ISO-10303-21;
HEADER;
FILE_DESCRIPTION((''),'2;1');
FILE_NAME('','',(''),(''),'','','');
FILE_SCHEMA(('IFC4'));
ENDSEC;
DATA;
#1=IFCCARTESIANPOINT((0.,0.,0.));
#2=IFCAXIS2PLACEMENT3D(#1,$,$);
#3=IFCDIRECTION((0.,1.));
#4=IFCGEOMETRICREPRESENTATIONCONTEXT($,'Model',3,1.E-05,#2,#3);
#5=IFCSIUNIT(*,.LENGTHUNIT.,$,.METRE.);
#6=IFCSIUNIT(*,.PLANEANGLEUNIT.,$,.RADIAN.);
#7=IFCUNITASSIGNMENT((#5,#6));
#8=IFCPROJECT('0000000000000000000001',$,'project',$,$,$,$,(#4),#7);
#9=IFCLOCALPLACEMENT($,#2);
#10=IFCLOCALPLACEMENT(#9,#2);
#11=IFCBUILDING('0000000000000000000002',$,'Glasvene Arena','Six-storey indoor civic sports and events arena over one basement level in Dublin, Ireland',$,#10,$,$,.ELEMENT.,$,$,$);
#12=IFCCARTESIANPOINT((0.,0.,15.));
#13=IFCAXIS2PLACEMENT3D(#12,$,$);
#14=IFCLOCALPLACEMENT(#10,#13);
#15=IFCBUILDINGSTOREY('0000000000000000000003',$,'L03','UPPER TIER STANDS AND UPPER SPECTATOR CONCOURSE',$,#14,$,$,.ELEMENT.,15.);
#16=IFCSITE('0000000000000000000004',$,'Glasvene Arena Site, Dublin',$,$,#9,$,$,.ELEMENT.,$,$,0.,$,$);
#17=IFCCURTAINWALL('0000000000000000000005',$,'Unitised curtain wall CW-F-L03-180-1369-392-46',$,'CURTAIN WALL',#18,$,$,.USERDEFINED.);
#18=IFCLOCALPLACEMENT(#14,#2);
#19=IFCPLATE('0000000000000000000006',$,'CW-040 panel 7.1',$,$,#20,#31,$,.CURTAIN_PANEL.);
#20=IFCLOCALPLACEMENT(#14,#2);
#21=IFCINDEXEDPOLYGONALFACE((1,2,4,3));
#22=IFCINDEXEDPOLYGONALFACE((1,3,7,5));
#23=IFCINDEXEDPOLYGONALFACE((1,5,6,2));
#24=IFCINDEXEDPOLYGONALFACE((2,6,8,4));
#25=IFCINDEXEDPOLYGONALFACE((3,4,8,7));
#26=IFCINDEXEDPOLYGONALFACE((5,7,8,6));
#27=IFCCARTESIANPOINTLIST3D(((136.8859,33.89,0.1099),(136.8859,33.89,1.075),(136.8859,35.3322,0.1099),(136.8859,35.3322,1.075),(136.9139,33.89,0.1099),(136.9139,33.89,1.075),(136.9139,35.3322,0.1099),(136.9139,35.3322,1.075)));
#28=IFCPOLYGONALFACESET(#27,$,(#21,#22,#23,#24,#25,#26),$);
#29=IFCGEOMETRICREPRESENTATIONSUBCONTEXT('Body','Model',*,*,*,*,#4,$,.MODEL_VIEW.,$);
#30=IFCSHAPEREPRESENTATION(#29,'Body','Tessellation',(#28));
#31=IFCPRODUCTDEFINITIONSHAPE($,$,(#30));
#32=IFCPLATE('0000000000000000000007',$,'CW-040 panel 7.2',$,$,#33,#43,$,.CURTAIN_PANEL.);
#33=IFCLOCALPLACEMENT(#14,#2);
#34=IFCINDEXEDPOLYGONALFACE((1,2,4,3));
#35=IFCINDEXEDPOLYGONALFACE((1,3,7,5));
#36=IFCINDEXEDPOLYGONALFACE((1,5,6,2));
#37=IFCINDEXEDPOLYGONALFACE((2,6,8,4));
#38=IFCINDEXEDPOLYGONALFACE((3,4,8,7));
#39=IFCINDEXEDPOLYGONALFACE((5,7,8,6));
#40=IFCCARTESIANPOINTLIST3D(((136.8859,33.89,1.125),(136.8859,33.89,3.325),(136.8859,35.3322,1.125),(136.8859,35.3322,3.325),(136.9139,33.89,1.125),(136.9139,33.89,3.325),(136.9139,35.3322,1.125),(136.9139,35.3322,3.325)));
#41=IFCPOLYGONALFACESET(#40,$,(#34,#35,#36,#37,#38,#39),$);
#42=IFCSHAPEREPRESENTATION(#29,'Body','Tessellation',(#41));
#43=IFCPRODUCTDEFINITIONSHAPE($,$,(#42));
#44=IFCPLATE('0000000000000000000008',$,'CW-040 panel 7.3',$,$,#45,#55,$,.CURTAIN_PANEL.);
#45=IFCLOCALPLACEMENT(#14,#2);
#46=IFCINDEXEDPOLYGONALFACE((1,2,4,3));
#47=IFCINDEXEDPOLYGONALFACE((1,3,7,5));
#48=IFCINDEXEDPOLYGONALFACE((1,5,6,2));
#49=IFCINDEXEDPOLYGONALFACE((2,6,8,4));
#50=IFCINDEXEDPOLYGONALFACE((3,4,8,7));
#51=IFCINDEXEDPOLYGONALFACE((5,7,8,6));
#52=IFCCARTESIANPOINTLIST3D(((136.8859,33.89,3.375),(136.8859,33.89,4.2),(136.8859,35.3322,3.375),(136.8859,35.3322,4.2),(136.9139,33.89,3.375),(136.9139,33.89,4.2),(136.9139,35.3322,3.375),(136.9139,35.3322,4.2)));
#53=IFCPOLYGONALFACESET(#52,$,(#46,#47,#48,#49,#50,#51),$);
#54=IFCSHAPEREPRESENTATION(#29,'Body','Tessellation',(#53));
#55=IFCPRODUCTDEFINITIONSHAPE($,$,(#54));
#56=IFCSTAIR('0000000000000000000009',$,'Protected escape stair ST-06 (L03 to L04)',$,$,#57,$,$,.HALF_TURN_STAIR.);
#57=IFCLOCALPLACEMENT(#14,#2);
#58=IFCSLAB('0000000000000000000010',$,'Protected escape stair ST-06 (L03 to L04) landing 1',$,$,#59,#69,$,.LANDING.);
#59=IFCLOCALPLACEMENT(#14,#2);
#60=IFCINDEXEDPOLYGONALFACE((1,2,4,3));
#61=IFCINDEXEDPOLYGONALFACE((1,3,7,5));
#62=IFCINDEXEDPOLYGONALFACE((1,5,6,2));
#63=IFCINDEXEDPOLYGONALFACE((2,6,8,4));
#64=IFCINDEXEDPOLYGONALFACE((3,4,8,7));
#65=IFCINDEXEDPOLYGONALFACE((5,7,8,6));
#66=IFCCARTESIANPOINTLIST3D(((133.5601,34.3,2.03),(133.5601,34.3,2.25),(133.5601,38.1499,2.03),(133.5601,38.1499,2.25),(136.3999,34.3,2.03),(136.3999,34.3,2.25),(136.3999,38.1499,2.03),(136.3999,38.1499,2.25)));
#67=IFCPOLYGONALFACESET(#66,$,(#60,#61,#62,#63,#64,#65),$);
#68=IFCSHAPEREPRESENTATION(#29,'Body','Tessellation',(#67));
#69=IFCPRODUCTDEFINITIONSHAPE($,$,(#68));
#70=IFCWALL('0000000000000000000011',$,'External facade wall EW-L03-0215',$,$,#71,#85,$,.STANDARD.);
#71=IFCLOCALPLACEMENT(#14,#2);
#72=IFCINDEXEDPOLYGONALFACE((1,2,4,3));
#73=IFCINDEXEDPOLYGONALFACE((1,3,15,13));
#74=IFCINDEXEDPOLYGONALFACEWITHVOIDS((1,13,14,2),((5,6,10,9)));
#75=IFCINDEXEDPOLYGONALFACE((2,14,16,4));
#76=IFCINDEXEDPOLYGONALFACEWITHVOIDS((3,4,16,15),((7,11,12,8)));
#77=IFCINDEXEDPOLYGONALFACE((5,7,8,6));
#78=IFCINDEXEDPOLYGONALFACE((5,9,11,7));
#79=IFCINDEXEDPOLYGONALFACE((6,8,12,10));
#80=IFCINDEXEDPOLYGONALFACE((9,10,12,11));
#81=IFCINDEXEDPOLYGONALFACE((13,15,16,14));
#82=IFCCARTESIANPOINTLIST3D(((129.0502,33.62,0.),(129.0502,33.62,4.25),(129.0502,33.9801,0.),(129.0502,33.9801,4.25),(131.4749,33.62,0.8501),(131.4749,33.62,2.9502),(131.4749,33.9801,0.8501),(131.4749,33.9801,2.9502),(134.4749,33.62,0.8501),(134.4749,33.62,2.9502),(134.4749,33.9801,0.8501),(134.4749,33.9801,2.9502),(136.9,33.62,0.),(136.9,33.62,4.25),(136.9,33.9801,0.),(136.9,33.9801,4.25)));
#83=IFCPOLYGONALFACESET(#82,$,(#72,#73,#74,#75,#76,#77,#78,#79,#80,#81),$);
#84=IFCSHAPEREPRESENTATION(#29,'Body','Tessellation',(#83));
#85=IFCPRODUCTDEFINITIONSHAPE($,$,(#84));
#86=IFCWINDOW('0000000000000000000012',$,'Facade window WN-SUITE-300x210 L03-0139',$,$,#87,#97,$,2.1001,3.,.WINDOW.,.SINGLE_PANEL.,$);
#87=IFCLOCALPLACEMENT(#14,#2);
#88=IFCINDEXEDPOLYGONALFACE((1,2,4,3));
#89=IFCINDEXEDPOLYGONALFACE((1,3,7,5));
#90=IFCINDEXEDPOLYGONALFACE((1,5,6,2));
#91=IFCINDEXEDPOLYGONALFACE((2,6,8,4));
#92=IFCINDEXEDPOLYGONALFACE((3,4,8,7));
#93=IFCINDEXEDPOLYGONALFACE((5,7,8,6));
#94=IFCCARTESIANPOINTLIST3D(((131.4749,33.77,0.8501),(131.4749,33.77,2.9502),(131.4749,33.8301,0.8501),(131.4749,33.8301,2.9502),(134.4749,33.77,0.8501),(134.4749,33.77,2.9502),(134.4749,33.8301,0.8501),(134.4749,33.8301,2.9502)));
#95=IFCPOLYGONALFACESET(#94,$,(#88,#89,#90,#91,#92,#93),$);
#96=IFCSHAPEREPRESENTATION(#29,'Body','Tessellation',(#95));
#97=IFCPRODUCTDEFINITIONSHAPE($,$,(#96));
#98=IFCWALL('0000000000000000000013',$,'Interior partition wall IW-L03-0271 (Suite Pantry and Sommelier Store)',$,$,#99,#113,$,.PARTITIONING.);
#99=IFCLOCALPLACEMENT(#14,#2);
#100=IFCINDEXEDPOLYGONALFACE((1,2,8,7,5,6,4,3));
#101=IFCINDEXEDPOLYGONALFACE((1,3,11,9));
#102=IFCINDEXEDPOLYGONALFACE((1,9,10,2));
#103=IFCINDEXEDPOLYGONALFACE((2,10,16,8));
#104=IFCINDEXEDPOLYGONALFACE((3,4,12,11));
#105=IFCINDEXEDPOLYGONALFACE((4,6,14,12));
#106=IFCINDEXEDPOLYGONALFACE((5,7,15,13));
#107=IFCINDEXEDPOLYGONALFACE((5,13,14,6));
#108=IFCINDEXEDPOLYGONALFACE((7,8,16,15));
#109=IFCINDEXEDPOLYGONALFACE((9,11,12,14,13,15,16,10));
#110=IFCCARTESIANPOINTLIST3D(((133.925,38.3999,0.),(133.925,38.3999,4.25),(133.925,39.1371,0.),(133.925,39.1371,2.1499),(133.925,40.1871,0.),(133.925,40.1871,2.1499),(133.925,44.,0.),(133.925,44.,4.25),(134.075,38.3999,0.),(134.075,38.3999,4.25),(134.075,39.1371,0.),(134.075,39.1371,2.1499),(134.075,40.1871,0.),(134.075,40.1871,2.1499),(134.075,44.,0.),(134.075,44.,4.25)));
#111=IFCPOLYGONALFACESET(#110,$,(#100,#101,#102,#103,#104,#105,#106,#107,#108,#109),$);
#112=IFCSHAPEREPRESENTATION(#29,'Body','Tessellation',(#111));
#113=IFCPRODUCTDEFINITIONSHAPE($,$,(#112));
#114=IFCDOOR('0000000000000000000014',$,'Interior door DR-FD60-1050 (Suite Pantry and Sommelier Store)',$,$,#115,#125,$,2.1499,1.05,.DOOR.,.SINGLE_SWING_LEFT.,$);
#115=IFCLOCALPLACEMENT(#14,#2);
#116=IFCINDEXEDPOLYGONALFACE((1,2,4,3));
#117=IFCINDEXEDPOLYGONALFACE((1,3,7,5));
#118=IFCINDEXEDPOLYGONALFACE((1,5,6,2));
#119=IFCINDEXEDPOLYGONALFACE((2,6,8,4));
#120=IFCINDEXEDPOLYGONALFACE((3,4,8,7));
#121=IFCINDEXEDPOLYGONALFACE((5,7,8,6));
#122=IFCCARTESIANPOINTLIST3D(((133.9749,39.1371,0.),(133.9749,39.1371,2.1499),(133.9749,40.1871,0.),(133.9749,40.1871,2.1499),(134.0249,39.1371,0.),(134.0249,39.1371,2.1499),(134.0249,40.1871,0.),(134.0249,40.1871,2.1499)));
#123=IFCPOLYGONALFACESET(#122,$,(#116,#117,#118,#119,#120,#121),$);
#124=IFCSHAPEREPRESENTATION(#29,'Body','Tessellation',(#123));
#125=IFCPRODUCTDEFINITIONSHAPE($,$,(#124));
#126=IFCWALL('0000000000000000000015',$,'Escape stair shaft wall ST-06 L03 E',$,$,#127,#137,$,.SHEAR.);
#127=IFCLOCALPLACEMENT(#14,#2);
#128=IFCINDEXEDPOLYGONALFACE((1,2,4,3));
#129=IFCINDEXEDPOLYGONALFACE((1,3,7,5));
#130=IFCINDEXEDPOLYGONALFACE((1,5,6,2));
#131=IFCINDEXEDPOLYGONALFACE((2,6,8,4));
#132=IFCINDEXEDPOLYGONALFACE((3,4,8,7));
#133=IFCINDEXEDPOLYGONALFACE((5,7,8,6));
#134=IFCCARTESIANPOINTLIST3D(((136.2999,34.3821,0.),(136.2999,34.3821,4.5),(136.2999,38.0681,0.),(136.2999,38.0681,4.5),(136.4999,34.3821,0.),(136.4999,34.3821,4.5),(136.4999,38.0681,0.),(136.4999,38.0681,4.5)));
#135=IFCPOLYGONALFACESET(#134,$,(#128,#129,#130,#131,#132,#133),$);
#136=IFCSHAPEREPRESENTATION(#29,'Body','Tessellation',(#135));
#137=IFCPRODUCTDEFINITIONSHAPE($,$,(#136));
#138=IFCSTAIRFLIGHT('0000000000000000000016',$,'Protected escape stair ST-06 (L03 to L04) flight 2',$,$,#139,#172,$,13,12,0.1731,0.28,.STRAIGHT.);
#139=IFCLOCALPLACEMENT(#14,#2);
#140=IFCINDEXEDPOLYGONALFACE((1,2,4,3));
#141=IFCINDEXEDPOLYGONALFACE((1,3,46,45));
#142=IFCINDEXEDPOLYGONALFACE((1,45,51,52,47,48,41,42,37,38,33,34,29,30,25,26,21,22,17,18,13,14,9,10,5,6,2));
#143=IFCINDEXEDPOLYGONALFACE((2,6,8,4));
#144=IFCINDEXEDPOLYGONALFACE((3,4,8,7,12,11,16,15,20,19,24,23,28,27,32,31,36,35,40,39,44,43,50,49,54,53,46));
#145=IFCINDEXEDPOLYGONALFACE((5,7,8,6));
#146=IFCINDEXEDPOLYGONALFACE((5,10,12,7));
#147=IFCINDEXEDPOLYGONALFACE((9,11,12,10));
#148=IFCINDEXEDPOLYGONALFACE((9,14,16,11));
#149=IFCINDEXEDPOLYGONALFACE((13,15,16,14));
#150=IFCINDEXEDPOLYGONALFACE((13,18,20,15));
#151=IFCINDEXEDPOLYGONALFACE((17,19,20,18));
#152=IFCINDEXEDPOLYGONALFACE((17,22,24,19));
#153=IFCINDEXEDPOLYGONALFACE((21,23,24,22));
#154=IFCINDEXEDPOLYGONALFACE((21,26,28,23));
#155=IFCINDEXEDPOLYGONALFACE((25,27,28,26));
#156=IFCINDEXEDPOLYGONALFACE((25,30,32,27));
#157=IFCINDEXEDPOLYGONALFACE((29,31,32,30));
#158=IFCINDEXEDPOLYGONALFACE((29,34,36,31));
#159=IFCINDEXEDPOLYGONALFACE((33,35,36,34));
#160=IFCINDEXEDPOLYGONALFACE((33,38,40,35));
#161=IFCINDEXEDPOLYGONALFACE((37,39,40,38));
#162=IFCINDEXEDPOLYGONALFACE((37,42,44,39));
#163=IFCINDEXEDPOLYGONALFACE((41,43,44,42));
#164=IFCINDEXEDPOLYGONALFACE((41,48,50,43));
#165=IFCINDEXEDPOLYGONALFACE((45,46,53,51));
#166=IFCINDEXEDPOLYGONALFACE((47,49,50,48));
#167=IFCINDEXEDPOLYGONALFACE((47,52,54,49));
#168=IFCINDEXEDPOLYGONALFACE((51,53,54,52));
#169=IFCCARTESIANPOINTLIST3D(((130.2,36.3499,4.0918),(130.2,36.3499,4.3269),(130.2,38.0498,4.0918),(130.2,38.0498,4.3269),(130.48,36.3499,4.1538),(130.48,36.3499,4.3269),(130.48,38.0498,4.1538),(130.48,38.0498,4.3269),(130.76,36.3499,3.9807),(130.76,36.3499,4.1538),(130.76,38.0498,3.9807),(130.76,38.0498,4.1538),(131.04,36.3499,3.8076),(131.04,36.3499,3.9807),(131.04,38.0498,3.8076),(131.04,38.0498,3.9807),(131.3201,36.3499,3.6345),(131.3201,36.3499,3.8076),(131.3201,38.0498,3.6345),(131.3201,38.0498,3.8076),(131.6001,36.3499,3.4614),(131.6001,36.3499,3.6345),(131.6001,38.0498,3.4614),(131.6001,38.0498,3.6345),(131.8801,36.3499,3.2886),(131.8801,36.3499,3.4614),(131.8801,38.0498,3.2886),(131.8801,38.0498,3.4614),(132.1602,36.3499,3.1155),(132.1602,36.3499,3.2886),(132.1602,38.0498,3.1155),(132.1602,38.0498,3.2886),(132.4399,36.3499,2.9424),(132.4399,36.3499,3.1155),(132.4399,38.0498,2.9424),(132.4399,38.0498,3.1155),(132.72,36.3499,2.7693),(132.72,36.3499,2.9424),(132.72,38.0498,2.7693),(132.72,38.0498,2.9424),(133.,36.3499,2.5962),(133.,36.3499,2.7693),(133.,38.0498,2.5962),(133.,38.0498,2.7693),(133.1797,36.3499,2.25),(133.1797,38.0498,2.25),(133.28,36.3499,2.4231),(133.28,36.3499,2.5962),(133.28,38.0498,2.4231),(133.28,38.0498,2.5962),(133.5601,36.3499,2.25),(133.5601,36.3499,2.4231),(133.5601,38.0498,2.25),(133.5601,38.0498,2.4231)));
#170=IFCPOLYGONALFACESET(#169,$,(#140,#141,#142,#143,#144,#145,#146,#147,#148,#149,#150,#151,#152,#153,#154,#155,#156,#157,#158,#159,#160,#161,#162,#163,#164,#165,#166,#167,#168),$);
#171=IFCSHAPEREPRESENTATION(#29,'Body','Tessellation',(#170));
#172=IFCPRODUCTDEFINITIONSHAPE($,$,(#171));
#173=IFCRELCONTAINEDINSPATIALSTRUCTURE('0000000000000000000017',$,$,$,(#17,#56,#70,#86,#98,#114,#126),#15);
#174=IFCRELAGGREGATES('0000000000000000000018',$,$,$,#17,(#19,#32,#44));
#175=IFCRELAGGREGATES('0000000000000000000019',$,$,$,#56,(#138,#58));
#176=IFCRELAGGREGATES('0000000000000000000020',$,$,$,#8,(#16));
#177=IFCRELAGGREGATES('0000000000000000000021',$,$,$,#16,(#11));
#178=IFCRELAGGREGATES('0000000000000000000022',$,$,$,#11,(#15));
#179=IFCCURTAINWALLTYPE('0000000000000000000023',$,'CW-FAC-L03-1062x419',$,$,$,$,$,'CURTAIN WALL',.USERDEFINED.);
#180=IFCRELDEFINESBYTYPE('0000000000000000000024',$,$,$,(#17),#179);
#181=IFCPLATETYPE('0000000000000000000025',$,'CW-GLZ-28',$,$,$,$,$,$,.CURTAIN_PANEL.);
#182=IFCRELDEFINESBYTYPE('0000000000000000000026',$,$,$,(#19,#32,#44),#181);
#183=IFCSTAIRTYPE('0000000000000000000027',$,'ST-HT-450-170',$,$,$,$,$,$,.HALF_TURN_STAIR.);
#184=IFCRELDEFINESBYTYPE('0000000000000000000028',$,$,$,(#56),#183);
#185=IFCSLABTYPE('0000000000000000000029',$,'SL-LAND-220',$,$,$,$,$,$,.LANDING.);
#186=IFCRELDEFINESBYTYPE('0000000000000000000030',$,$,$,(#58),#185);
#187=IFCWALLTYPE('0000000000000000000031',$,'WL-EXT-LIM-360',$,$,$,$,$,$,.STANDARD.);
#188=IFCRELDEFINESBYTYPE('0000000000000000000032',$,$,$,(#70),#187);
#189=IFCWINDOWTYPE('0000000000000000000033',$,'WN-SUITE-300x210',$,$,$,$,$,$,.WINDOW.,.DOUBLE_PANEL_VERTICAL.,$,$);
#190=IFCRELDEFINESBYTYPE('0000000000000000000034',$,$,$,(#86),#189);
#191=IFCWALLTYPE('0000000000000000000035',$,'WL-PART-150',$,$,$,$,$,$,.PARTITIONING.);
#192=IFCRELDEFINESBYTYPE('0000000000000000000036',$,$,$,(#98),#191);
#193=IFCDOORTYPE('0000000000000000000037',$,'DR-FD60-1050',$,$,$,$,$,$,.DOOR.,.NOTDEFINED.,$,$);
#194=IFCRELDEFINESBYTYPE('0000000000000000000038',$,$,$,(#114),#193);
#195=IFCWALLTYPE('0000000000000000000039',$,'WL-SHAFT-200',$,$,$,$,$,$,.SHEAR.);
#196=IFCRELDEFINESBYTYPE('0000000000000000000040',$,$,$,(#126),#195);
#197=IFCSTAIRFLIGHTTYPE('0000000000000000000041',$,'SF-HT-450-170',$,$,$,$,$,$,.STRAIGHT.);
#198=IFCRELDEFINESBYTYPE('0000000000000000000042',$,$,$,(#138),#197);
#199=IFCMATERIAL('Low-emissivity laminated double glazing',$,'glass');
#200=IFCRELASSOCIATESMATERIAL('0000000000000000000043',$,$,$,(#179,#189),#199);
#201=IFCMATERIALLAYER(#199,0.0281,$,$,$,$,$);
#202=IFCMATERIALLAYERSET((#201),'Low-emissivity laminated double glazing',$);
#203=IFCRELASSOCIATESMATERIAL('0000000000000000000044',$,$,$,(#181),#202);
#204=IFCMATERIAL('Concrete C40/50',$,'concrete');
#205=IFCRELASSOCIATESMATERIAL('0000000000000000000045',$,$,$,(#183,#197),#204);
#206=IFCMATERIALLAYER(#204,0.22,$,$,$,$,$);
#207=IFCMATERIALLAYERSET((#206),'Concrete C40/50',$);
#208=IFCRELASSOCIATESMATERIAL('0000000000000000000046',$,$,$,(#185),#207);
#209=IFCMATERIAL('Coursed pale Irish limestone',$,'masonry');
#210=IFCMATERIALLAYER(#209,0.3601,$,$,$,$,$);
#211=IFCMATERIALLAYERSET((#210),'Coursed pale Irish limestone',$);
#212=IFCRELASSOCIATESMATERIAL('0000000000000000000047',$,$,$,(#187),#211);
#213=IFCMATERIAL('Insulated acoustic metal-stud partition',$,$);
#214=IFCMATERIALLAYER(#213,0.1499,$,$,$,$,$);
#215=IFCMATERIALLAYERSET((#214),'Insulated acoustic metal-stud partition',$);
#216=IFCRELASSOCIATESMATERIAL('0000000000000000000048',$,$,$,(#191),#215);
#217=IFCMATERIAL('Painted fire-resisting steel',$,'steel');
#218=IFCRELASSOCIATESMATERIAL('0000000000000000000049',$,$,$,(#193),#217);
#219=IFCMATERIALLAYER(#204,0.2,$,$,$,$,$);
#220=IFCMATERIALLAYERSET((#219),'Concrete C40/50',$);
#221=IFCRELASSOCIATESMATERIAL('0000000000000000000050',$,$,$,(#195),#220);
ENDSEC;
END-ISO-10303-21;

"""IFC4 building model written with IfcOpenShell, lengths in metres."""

from ifc_helpers import new_model, si_unit, direction, frame, frame_2d, origin, origin_2d, place, context, subcontext, project, spatial, polyline, rectangle, outline, extrude, material, layer, layer_set, type_object, element, fill, aggregate, save


model = new_model("IFC4")

# Units and contexts
model_context = context("Model", 3, precision=1e-05, world=origin(), true_north=direction((0.0, 1.0)))
body_context = subcontext(model_context, "Body", "Model", "MODEL_VIEW")
ifc_project = project(units=[si_unit("LENGTHUNIT", "METRE"), si_unit("PLANEANGLEUNIT", "RADIAN")], contexts=[model_context])

# Site, building, storey
site_placement = place(None, origin())
site = spatial("IfcSite", under=ifc_project, at=site_placement, Name="Glasvene Arena Site, Dublin", CompositionType="ELEMENT", RefElevation=0.0)
building_placement = place(site_placement, origin())
building = spatial("IfcBuilding", under=site, at=building_placement, Name="Glasvene Arena", Description="Six-storey indoor civic sports and events arena over one basement level in Dublin, Ireland", CompositionType="ELEMENT")
storey_placement = place(building_placement, frame((0.0, 0.0, 15.0)))
storey = spatial("IfcBuildingStorey", under=building, at=storey_placement, Name="L03", Description="UPPER TIER STANDS AND UPPER SPECTATOR CONCOURSE", CompositionType="ELEMENT", Elevation=15.0)

# Curtain wall, plates
ifc_material_1 = material(Name="Low-emissivity laminated double glazing", Category="glass")
curtain_wall_type = type_object("IfcCurtainWallType", Name="CW-FAC-L03-1062x419", ElementType="CURTAIN WALL", PredefinedType="USERDEFINED", material=ifc_material_1)
curtain_wall_placement = place(storey_placement, frame((136.8999, 44.46, 0.0)))
curtain_wall = element("IfcCurtainWall", 1, at=curtain_wall_placement, inside=storey, type_object=curtain_wall_type, Name="Unitised curtain wall CW-F-L03-180-1369-392-46", ObjectType="CURTAIN WALL", PredefinedType="USERDEFINED")
ifc_layer_1 = layer(ifc_material_1, 0.0281)
ifc_layer_set_1 = layer_set([ifc_layer_1], Name="Low-emissivity laminated double glazing")
plate_type = type_object("IfcPlateType", Name="CW-GLZ-28", PredefinedType="CURTAIN_PANEL", material=ifc_layer_set_1)
plate_1_placement = place(storey_placement, frame((136.8999, 34.6111, 0.1099), z_axis=(0.0, 0.0, 1.0), x_axis=(0.0, -1.0, 0.0)))
plate_1 = element("IfcPlate", 2, at=plate_1_placement, type_object=plate_type, Name="CW-040 panel 7.1", PredefinedType="CURTAIN_PANEL", context=body_context, shape_type="SweptSolid", body=[
    extrude(rectangle(XDim=1.4421, YDim=0.0281, at=origin_2d()), origin(), (0.0, 0.0, 1.0), 0.9651),
])
plate_2_placement = place(storey_placement, frame((136.8999, 34.6111, 1.125), z_axis=(0.0, 0.0, 1.0), x_axis=(0.0, -1.0, 0.0)))
plate_2 = element("IfcPlate", 3, at=plate_2_placement, type_object=plate_type, Name="CW-040 panel 7.2", PredefinedType="CURTAIN_PANEL", context=body_context, shape_type="SweptSolid", body=[
    extrude(rectangle(XDim=1.4421, YDim=0.0281, at=origin_2d()), origin(), (0.0, 0.0, 1.0), 2.2),
])
plate_3_placement = place(storey_placement, frame((136.8999, 34.6111, 3.375), z_axis=(0.0, 0.0, 1.0), x_axis=(0.0, -1.0, 0.0)))
plate_3 = element("IfcPlate", 4, at=plate_3_placement, type_object=plate_type, Name="CW-040 panel 7.3", PredefinedType="CURTAIN_PANEL", context=body_context, shape_type="SweptSolid", body=[
    extrude(rectangle(XDim=1.4421, YDim=0.0281, at=origin_2d()), origin(), (0.0, 0.0, 1.0), 0.825),
])
aggregate(curtain_wall, [plate_1, plate_2, plate_3])

# Stair, slab
ifc_material_2 = material(Name="Concrete C40/50", Category="concrete")
stair_type = type_object("IfcStairType", Name="ST-HT-450-170", PredefinedType="HALF_TURN_STAIR", material=ifc_material_2)
stair_placement = place(storey_placement, origin())
stair = element("IfcStair", 5, at=stair_placement, inside=storey, type_object=stair_type, Name="Protected escape stair ST-06 (L03 to L04)", PredefinedType="HALF_TURN_STAIR")
ifc_layer_2 = layer(ifc_material_2, 0.22)
ifc_layer_set_2 = layer_set([ifc_layer_2], Name="Concrete C40/50")
slab_type = type_object("IfcSlabType", Name="SL-LAND-220", PredefinedType="LANDING", material=ifc_layer_set_2)
slab_placement = place(storey_placement, frame((134.98, 36.2251, 2.03)))
slab = element("IfcSlab", 6, at=slab_placement, type_object=slab_type, Name="Protected escape stair ST-06 (L03 to L04) landing 1", PredefinedType="LANDING", context=body_context, shape_type="SweptSolid", body=[
    extrude(outline(polyline([(-1.4199, -1.925), (1.4199, -1.925), (1.4199, 1.9248), (-1.4199, 1.9248), (-1.4199, -1.925)])), origin(), (0.0, 0.0, 1.0), 0.22),
])

# Wall, opening, window
ifc_material_3 = material(Name="Coursed pale Irish limestone", Category="masonry")
ifc_layer_3 = layer(ifc_material_3, 0.3601)
ifc_layer_set_3 = layer_set([ifc_layer_3], Name="Coursed pale Irish limestone")
wall_type_1 = type_object("IfcWallType", Name="WL-EXT-LIM-360", PredefinedType="STANDARD", material=ifc_layer_set_3)
wall_1_placement = place(storey_placement, frame((136.8999, 33.8, 0.0), z_axis=(0.0, 0.0, 1.0), x_axis=(-1.0, 0.0, 0.0)))
wall_1 = element("IfcWall", 7, at=wall_1_placement, inside=storey, type_object=wall_type_1, Name="External facade wall EW-L03-0215", PredefinedType="STANDARD", context=body_context, shape_type="SweptSolid", body=[
    extrude(rectangle(XDim=7.8499, YDim=0.3601, at=frame_2d((3.9248, 0.0))), origin(), (0.0, 0.0, 1.0), 4.25),
])
opening_1_placement = place(wall_1_placement, frame((2.425, 0.0, 0.8501)))
opening_1 = element("IfcOpeningElement", 8, at=opening_1_placement, cuts=wall_1, PredefinedType="OPENING", context=body_context, shape_type="SweptSolid", body=[
    extrude(rectangle(XDim=3.0, YDim=2.1001, at=frame_2d((1.5, 1.05))), frame((0.0, 0.1899, 0.0), z_axis=(0.0, -1.0, 0.0), x_axis=(1.0, 0.0, 0.0)), (0.0, 0.0, 1.0), 0.3801),
])
window_type = type_object("IfcWindowType", Name="WN-SUITE-300x210", PartitioningType="DOUBLE_PANEL_VERTICAL", PredefinedType="WINDOW", material=ifc_material_1)
window_placement = place(opening_1_placement, origin())
window = element("IfcWindow", 9, at=window_placement, inside=storey, type_object=window_type, Name="Facade window WN-SUITE-300x210 L03-0139", OverallHeight=2.1001, OverallWidth=3.0, PartitioningType="SINGLE_PANEL", PredefinedType="WINDOW", context=body_context, shape_type="SweptSolid", body=[
    extrude(rectangle(XDim=3.0, YDim=2.1001, at=frame_2d((1.5, 1.05))), frame((0.0, 0.03, 0.0), z_axis=(0.0, -1.0, 0.0), x_axis=(1.0, 0.0, 0.0)), (0.0, 0.0, 1.0), 0.0601),
])
fill(opening_1, window)

# Wall, opening, door
ifc_material_4 = material(Name="Insulated acoustic metal-stud partition")
ifc_layer_4 = layer(ifc_material_4, 0.1499)
ifc_layer_set_4 = layer_set([ifc_layer_4], Name="Insulated acoustic metal-stud partition")
wall_type_2 = type_object("IfcWallType", Name="WL-PART-150", PredefinedType="PARTITIONING", material=ifc_layer_set_4)
wall_2_placement = place(storey_placement, frame((134.0, 44.0, 0.0), z_axis=(0.0, 0.0, 1.0), x_axis=(0.0, -1.0, 0.0)))
wall_2 = element("IfcWall", 10, at=wall_2_placement, inside=storey, type_object=wall_type_2, Name="Interior partition wall IW-L03-0271 (Suite Pantry and Sommelier Store)", PredefinedType="PARTITIONING", context=body_context, shape_type="SweptSolid", body=[
    extrude(rectangle(XDim=5.6001, YDim=0.1499, at=frame_2d((2.8, 0.0))), origin(), (0.0, 0.0, 1.0), 4.25),
])
opening_2_placement = place(wall_2_placement, frame((3.813, 0.0, 0.0)))
opening_2 = element("IfcOpeningElement", 11, at=opening_2_placement, cuts=wall_2, PredefinedType="OPENING", context=body_context, shape_type="SweptSolid", body=[
    extrude(rectangle(XDim=1.05, YDim=2.1499, at=frame_2d((0.5249, 1.075))), frame((0.0, 0.085, 0.0), z_axis=(0.0, -1.0, 0.0), x_axis=(1.0, 0.0, 0.0)), (0.0, 0.0, 1.0), 0.1699),
])
ifc_material_5 = material(Name="Painted fire-resisting steel", Category="steel")
door_type = type_object("IfcDoorType", Name="DR-FD60-1050", OperationType="NOTDEFINED", PredefinedType="DOOR", material=ifc_material_5)
door_placement = place(opening_2_placement, origin())
door = element("IfcDoor", 12, at=door_placement, inside=storey, type_object=door_type, Name="Interior door DR-FD60-1050 (Suite Pantry and Sommelier Store)", OperationType="SINGLE_SWING_LEFT", OverallHeight=2.1499, OverallWidth=1.05, PredefinedType="DOOR", context=body_context, shape_type="SweptSolid", body=[
    extrude(rectangle(XDim=1.05, YDim=2.1499, at=frame_2d((0.5249, 1.075))), frame((0.0, 0.0249, 0.0), z_axis=(0.0, -1.0, 0.0), x_axis=(1.0, 0.0, 0.0)), (0.0, 0.0, 1.0), 0.05),
])
fill(opening_2, door)

# Wall
ifc_layer_5 = layer(ifc_material_2, 0.2)
ifc_layer_set_5 = layer_set([ifc_layer_5], Name="Concrete C40/50")
wall_type_3 = type_object("IfcWallType", Name="WL-SHAFT-200", PredefinedType="SHEAR", material=ifc_layer_set_5)
wall_3_placement = place(storey_placement, frame((136.3999, 34.3821, 0.0), z_axis=(0.0, 0.0, 1.0), x_axis=(0.0, 1.0, 0.0)))
element("IfcWall", 13, at=wall_3_placement, inside=storey, type_object=wall_type_3, Name="Escape stair shaft wall ST-06 L03 E", PredefinedType="SHEAR", context=body_context, shape_type="SweptSolid", body=[
    extrude(rectangle(XDim=3.686, YDim=0.2, at=frame_2d((1.843, 0.0))), origin(), (0.0, 0.0, 1.0), 4.5),
])

# Stair flight
stair_flight_type = type_object("IfcStairFlightType", Name="SF-HT-450-170", PredefinedType="STRAIGHT", material=ifc_material_2)
stair_flight_placement = place(storey_placement, frame((133.5601, 37.2, 2.25), z_axis=(0.0, 0.0, 1.0), x_axis=(-1.0, 0.0, 0.0)))
stair_flight = element("IfcStairFlight", 14, at=stair_flight_placement, type_object=stair_flight_type, Name="Protected escape stair ST-06 (L03 to L04) flight 2", NumberOfRisers=13, NumberOfTreads=12, PredefinedType="STRAIGHT", RiserHeight=0.1731, TreadLength=0.28, context=body_context, shape_type="SweptSolid", body=[
    extrude(outline(polyline([(0.0, 0.0), (0.0, 0.1731), (0.28, 0.1731), (0.28, 0.3462), (0.5601, 0.3462), (0.5601, 0.5193), (0.8401, 0.5193), (0.8401, 0.6924), (1.1201, 0.6924), (1.1201, 0.8655), (1.3999, 0.8655), (1.3999, 1.0386), (1.6799, 1.0386), (1.6799, 1.2114), (1.96, 1.2114), (1.96, 1.3845), (2.24, 1.3845), (2.24, 1.5576), (2.52, 1.5576), (2.52, 1.7307), (2.8, 1.7307), (2.8, 1.9038), (3.0801, 1.9038), (3.0801, 2.0769), (3.3601, 2.0769), (3.3601, 2.25), (3.3601, 1.8418), (0.3804, 0.0), (0.0, 0.0)])), frame((0.0, 0.8501, 0.0), z_axis=(0.0, -1.0, 0.0), x_axis=(1.0, 0.0, 0.0)), (0.0, 0.0, 1.0), 1.7),
])
aggregate(stair, [stair_flight, slab])

save(model, "model.ifc")
